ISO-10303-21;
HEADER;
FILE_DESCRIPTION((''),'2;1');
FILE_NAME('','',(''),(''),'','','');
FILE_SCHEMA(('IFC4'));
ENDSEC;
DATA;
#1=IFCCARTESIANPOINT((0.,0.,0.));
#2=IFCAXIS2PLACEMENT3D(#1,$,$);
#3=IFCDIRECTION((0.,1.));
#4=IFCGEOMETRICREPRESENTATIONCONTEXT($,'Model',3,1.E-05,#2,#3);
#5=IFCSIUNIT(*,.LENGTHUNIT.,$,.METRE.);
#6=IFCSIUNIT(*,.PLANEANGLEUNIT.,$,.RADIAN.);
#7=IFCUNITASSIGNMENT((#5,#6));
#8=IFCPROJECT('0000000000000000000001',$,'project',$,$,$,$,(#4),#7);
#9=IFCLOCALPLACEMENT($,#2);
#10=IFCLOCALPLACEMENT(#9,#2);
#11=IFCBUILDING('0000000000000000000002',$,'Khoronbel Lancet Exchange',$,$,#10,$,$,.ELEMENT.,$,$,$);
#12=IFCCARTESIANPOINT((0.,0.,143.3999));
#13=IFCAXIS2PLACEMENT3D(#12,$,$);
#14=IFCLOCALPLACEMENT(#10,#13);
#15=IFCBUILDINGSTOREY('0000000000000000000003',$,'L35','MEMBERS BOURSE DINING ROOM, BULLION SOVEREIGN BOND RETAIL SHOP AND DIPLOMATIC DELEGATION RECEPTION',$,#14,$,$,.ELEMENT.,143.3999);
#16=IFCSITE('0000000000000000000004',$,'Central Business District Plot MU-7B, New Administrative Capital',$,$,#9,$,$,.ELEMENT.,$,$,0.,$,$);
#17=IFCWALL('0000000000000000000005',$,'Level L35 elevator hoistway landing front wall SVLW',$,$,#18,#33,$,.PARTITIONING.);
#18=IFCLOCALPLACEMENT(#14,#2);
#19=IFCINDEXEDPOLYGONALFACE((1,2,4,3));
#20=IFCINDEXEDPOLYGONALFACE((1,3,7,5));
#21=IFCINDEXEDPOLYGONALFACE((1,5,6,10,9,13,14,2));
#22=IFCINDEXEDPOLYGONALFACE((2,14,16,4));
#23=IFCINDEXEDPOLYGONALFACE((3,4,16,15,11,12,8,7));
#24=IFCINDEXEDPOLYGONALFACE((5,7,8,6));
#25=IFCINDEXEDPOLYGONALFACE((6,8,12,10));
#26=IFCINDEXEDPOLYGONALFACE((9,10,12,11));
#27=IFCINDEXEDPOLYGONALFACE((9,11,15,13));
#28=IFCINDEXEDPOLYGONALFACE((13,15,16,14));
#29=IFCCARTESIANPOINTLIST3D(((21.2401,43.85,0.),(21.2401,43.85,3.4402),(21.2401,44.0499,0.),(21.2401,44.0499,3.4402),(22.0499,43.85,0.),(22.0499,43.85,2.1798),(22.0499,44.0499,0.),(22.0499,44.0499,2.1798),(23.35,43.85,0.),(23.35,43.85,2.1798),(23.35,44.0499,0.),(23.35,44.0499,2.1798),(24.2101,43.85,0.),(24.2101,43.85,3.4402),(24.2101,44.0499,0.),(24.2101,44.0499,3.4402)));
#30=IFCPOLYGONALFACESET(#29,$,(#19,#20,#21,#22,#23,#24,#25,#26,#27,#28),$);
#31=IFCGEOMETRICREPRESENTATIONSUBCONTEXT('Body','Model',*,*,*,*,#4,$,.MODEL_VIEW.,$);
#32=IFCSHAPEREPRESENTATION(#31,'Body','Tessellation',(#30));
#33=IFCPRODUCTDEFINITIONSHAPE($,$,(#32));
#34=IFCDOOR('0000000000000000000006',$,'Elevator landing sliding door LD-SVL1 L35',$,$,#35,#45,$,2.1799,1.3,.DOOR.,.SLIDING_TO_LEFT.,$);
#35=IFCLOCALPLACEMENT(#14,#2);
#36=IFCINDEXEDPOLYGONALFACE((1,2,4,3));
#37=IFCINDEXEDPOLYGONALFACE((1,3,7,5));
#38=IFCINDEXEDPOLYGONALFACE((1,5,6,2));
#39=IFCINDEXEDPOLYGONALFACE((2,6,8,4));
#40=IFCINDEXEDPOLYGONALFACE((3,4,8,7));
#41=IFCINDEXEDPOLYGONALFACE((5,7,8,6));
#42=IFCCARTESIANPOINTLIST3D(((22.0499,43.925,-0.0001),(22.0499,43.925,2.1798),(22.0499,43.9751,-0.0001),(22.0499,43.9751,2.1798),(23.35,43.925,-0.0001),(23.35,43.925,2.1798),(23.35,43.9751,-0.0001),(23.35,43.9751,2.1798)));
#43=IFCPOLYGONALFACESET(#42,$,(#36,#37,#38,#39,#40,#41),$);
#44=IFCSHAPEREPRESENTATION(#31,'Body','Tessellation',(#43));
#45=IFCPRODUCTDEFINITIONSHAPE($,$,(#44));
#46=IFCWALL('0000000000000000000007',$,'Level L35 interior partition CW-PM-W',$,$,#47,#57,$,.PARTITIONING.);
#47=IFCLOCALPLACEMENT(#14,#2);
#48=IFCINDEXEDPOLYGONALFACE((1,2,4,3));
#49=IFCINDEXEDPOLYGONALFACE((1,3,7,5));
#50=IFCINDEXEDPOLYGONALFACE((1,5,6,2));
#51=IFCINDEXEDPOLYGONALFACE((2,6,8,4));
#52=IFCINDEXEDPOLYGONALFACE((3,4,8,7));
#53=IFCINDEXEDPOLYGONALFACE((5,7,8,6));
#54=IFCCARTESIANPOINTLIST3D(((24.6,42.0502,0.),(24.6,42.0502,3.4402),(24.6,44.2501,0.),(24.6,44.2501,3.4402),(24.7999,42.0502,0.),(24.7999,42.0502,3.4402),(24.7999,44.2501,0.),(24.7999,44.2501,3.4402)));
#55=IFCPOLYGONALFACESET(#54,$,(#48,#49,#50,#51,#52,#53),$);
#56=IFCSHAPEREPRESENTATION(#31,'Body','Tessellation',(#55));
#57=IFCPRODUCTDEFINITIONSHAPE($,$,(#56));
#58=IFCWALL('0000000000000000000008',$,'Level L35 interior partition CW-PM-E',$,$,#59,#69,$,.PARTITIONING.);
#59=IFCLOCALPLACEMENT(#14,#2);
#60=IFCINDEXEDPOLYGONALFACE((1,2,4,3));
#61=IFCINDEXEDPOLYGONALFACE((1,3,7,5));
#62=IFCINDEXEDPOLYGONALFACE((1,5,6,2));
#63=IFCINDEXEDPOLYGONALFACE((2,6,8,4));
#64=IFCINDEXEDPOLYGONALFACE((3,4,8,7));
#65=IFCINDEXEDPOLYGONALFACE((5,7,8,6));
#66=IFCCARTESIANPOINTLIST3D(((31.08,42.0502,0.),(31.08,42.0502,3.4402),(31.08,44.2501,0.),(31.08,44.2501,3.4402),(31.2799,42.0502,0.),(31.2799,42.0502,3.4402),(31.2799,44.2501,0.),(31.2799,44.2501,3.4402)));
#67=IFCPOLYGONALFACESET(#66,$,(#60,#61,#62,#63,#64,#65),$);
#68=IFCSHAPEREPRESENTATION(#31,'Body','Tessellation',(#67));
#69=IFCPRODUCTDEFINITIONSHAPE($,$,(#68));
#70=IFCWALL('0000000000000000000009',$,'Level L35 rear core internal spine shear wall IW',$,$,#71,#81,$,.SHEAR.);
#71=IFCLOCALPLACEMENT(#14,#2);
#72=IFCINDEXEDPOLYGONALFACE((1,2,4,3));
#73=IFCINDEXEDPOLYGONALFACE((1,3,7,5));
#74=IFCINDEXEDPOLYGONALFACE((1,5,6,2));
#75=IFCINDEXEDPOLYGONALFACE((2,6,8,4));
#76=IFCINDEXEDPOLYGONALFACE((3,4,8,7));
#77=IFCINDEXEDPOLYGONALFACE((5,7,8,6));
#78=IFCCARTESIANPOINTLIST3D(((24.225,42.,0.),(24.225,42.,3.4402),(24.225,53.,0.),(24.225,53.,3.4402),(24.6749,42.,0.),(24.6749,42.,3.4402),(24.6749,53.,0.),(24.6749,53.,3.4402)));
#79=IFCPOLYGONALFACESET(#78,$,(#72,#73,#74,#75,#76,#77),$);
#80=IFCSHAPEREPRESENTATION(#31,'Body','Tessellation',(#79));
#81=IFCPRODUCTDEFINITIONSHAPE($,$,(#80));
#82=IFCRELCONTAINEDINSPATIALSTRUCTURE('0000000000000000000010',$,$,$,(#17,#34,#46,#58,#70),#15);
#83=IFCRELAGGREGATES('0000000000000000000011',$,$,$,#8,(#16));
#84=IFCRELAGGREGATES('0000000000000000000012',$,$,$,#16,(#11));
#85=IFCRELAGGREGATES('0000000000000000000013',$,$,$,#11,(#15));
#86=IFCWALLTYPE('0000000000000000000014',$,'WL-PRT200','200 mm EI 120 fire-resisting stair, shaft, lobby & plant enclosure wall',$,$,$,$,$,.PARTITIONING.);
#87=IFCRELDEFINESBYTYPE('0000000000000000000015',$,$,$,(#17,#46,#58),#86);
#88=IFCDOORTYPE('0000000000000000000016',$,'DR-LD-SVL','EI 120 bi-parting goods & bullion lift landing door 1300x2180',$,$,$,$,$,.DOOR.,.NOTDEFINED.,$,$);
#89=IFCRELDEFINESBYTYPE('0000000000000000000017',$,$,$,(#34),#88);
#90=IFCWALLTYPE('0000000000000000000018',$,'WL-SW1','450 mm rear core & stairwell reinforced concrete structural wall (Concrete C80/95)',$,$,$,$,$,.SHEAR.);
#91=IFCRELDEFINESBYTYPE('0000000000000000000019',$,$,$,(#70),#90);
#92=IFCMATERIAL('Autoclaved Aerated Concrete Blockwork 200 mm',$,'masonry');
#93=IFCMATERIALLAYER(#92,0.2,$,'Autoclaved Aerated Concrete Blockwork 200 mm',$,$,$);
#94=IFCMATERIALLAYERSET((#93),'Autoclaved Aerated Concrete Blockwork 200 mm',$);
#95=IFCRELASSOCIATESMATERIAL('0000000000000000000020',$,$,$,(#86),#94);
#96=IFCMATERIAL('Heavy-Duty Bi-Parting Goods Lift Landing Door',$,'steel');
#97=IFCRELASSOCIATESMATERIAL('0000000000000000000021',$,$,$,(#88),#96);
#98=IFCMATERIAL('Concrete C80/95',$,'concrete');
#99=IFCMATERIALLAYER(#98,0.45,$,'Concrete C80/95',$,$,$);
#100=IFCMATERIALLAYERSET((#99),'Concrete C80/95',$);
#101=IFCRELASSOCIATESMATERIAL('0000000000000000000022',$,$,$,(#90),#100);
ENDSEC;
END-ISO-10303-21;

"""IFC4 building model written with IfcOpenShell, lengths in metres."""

from ifc_helpers import new_model, si_unit, direction, frame, frame_2d, origin, place, context, subcontext, project, spatial, rectangle, extrude, material, layer, layer_set, type_object, element, fill, save


model = new_model("IFC4")

# Units and contexts
model_context = context("Model", 3, precision=1e-05, world=origin(), true_north=direction((0.0, 1.0)))
body_context = subcontext(model_context, "Body", "Model", "MODEL_VIEW")
ifc_project = project(units=[si_unit("LENGTHUNIT", "METRE"), si_unit("PLANEANGLEUNIT", "RADIAN")], contexts=[model_context])

# Site, building, storey
site_placement = place(None, origin())
site = spatial("IfcSite", under=ifc_project, at=site_placement, Name="Central Business District Plot MU-7B, New Administrative Capital", CompositionType="ELEMENT", RefElevation=0.0)
building_placement = place(site_placement, origin())
building = spatial("IfcBuilding", under=site, at=building_placement, Name="Khoronbel Lancet Exchange", CompositionType="ELEMENT")
storey_placement = place(building_placement, frame((0.0, 0.0, 143.3999)))
storey = spatial("IfcBuildingStorey", under=building, at=storey_placement, Name="L35", Description="MEMBERS BOURSE DINING ROOM, BULLION SOVEREIGN BOND RETAIL SHOP AND DIPLOMATIC DELEGATION RECEPTION", CompositionType="ELEMENT", Elevation=143.3999)

# Shared definitions
ifc_material_1 = material(Name="Concrete C80/95", Category="concrete")

# Wall, opening, door
ifc_material_2 = material(Name="Autoclaved Aerated Concrete Blockwork 200 mm", Category="masonry")
ifc_layer_1 = layer(ifc_material_2, 0.2, Name="Autoclaved Aerated Concrete Blockwork 200 mm")
ifc_layer_set_1 = layer_set([ifc_layer_1], Name="Autoclaved Aerated Concrete Blockwork 200 mm")
wall_type_1 = type_object("IfcWallType", Name="WL-PRT200", Description="200 mm EI 120 fire-resisting stair, shaft, lobby & plant enclosure wall", PredefinedType="PARTITIONING", material=ifc_layer_set_1)
wall_1_placement = place(storey_placement, frame((24.21, 43.95, 0.0), z_axis=(0.0, 0.0, 1.0), x_axis=(-1.0, 0.0, 0.0)))
wall_1 = element("IfcWall", 1, at=wall_1_placement, inside=storey, type_object=wall_type_1, Name="Level L35 elevator hoistway landing front wall SVLW", PredefinedType="PARTITIONING", context=body_context, shape_type="SweptSolid", body=[
    extrude(rectangle(XDim=2.97, YDim=0.2, at=frame_2d((1.4849, 0.0))), origin(), (0.0, 0.0, 1.0), 3.4402),
])
opening_1_placement = place(wall_1_placement, frame((0.8601, 0.0, 0.0)))
opening_1 = element("IfcOpeningElement", 2, at=opening_1_placement, cuts=wall_1, PredefinedType="OPENING", context=body_context, shape_type="SweptSolid", body=[
    extrude(rectangle(XDim=1.3, YDim=2.1799, at=frame_2d((0.6499, 1.0898))), frame((0.0, 0.1099, 0.0), z_axis=(0.0, -1.0, 0.0), x_axis=(1.0, 0.0, 0.0)), (0.0, 0.0, 1.0), 0.22),
])
ifc_material_3 = material(Name="Heavy-Duty Bi-Parting Goods Lift Landing Door", Category="steel")
door_type_1 = type_object("IfcDoorType", Name="DR-LD-SVL", Description="EI 120 bi-parting goods & bullion lift landing door 1300x2180", OperationType="NOTDEFINED", PredefinedType="DOOR", material=ifc_material_3)
door_1_placement = place(opening_1_placement, origin())
door_1 = element("IfcDoor", 3, at=door_1_placement, inside=storey, type_object=door_type_1, Name="Elevator landing sliding door LD-SVL1 L35", OperationType="SLIDING_TO_LEFT", OverallHeight=2.1799, OverallWidth=1.3, PredefinedType="DOOR", context=body_context, shape_type="SweptSolid", body=[
    extrude(rectangle(XDim=1.3, YDim=2.1799, at=frame_2d((0.6499, 1.0898))), frame((0.0, 0.0249, 0.0), z_axis=(0.0, -1.0, 0.0), x_axis=(1.0, 0.0, 0.0)), (0.0, 0.0, 1.0), 0.05),
])
fill(opening_1, door_1)

# Walls
for number, where, z_axis, x_axis, name in (
    (4, (24.7, 42.05, 0.0), (0.0, 0.0, 1.0), (0.0, 1.0, 0.0), "Level L35 interior partition CW-PM-W"),
    (5, (31.1799, 42.05, 0.0), (0.0, 0.0, 1.0), (0.0, 1.0, 0.0), "Level L35 interior partition CW-PM-E"),
):
    element("IfcWall", number, at=place(storey_placement, frame(where, z_axis=z_axis, x_axis=x_axis)), inside=storey, type_object=wall_type_1, Name=name, PredefinedType="PARTITIONING", context=body_context, shape_type="SweptSolid", body=[
        extrude(rectangle(XDim=2.2, YDim=0.2, at=frame_2d((1.1001, 0.0))), origin(), (0.0, 0.0, 1.0), 3.4402),
    ])
ifc_layer_2 = layer(ifc_material_1, 0.45, Name="Concrete C80/95")
ifc_layer_set_2 = layer_set([ifc_layer_2], Name="Concrete C80/95")
wall_type_2 = type_object("IfcWallType", Name="WL-SW1", Description="450 mm rear core & stairwell reinforced concrete structural wall (Concrete C80/95)", PredefinedType="SHEAR", material=ifc_layer_set_2)
wall_2_placement = place(storey_placement, frame((24.45, 42.0, 0.0), z_axis=(0.0, 0.0, 1.0), x_axis=(0.0, 1.0, 0.0)))
element("IfcWall", 6, at=wall_2_placement, inside=storey, type_object=wall_type_2, Name="Level L35 rear core internal spine shear wall IW", PredefinedType="SHEAR", context=body_context, shape_type="SweptSolid", body=[
    extrude(rectangle(XDim=11.0, YDim=0.45, at=frame_2d((5.5, 0.0))), origin(), (0.0, 0.0, 1.0), 3.4402),
])

save(model, "model.ifc")
